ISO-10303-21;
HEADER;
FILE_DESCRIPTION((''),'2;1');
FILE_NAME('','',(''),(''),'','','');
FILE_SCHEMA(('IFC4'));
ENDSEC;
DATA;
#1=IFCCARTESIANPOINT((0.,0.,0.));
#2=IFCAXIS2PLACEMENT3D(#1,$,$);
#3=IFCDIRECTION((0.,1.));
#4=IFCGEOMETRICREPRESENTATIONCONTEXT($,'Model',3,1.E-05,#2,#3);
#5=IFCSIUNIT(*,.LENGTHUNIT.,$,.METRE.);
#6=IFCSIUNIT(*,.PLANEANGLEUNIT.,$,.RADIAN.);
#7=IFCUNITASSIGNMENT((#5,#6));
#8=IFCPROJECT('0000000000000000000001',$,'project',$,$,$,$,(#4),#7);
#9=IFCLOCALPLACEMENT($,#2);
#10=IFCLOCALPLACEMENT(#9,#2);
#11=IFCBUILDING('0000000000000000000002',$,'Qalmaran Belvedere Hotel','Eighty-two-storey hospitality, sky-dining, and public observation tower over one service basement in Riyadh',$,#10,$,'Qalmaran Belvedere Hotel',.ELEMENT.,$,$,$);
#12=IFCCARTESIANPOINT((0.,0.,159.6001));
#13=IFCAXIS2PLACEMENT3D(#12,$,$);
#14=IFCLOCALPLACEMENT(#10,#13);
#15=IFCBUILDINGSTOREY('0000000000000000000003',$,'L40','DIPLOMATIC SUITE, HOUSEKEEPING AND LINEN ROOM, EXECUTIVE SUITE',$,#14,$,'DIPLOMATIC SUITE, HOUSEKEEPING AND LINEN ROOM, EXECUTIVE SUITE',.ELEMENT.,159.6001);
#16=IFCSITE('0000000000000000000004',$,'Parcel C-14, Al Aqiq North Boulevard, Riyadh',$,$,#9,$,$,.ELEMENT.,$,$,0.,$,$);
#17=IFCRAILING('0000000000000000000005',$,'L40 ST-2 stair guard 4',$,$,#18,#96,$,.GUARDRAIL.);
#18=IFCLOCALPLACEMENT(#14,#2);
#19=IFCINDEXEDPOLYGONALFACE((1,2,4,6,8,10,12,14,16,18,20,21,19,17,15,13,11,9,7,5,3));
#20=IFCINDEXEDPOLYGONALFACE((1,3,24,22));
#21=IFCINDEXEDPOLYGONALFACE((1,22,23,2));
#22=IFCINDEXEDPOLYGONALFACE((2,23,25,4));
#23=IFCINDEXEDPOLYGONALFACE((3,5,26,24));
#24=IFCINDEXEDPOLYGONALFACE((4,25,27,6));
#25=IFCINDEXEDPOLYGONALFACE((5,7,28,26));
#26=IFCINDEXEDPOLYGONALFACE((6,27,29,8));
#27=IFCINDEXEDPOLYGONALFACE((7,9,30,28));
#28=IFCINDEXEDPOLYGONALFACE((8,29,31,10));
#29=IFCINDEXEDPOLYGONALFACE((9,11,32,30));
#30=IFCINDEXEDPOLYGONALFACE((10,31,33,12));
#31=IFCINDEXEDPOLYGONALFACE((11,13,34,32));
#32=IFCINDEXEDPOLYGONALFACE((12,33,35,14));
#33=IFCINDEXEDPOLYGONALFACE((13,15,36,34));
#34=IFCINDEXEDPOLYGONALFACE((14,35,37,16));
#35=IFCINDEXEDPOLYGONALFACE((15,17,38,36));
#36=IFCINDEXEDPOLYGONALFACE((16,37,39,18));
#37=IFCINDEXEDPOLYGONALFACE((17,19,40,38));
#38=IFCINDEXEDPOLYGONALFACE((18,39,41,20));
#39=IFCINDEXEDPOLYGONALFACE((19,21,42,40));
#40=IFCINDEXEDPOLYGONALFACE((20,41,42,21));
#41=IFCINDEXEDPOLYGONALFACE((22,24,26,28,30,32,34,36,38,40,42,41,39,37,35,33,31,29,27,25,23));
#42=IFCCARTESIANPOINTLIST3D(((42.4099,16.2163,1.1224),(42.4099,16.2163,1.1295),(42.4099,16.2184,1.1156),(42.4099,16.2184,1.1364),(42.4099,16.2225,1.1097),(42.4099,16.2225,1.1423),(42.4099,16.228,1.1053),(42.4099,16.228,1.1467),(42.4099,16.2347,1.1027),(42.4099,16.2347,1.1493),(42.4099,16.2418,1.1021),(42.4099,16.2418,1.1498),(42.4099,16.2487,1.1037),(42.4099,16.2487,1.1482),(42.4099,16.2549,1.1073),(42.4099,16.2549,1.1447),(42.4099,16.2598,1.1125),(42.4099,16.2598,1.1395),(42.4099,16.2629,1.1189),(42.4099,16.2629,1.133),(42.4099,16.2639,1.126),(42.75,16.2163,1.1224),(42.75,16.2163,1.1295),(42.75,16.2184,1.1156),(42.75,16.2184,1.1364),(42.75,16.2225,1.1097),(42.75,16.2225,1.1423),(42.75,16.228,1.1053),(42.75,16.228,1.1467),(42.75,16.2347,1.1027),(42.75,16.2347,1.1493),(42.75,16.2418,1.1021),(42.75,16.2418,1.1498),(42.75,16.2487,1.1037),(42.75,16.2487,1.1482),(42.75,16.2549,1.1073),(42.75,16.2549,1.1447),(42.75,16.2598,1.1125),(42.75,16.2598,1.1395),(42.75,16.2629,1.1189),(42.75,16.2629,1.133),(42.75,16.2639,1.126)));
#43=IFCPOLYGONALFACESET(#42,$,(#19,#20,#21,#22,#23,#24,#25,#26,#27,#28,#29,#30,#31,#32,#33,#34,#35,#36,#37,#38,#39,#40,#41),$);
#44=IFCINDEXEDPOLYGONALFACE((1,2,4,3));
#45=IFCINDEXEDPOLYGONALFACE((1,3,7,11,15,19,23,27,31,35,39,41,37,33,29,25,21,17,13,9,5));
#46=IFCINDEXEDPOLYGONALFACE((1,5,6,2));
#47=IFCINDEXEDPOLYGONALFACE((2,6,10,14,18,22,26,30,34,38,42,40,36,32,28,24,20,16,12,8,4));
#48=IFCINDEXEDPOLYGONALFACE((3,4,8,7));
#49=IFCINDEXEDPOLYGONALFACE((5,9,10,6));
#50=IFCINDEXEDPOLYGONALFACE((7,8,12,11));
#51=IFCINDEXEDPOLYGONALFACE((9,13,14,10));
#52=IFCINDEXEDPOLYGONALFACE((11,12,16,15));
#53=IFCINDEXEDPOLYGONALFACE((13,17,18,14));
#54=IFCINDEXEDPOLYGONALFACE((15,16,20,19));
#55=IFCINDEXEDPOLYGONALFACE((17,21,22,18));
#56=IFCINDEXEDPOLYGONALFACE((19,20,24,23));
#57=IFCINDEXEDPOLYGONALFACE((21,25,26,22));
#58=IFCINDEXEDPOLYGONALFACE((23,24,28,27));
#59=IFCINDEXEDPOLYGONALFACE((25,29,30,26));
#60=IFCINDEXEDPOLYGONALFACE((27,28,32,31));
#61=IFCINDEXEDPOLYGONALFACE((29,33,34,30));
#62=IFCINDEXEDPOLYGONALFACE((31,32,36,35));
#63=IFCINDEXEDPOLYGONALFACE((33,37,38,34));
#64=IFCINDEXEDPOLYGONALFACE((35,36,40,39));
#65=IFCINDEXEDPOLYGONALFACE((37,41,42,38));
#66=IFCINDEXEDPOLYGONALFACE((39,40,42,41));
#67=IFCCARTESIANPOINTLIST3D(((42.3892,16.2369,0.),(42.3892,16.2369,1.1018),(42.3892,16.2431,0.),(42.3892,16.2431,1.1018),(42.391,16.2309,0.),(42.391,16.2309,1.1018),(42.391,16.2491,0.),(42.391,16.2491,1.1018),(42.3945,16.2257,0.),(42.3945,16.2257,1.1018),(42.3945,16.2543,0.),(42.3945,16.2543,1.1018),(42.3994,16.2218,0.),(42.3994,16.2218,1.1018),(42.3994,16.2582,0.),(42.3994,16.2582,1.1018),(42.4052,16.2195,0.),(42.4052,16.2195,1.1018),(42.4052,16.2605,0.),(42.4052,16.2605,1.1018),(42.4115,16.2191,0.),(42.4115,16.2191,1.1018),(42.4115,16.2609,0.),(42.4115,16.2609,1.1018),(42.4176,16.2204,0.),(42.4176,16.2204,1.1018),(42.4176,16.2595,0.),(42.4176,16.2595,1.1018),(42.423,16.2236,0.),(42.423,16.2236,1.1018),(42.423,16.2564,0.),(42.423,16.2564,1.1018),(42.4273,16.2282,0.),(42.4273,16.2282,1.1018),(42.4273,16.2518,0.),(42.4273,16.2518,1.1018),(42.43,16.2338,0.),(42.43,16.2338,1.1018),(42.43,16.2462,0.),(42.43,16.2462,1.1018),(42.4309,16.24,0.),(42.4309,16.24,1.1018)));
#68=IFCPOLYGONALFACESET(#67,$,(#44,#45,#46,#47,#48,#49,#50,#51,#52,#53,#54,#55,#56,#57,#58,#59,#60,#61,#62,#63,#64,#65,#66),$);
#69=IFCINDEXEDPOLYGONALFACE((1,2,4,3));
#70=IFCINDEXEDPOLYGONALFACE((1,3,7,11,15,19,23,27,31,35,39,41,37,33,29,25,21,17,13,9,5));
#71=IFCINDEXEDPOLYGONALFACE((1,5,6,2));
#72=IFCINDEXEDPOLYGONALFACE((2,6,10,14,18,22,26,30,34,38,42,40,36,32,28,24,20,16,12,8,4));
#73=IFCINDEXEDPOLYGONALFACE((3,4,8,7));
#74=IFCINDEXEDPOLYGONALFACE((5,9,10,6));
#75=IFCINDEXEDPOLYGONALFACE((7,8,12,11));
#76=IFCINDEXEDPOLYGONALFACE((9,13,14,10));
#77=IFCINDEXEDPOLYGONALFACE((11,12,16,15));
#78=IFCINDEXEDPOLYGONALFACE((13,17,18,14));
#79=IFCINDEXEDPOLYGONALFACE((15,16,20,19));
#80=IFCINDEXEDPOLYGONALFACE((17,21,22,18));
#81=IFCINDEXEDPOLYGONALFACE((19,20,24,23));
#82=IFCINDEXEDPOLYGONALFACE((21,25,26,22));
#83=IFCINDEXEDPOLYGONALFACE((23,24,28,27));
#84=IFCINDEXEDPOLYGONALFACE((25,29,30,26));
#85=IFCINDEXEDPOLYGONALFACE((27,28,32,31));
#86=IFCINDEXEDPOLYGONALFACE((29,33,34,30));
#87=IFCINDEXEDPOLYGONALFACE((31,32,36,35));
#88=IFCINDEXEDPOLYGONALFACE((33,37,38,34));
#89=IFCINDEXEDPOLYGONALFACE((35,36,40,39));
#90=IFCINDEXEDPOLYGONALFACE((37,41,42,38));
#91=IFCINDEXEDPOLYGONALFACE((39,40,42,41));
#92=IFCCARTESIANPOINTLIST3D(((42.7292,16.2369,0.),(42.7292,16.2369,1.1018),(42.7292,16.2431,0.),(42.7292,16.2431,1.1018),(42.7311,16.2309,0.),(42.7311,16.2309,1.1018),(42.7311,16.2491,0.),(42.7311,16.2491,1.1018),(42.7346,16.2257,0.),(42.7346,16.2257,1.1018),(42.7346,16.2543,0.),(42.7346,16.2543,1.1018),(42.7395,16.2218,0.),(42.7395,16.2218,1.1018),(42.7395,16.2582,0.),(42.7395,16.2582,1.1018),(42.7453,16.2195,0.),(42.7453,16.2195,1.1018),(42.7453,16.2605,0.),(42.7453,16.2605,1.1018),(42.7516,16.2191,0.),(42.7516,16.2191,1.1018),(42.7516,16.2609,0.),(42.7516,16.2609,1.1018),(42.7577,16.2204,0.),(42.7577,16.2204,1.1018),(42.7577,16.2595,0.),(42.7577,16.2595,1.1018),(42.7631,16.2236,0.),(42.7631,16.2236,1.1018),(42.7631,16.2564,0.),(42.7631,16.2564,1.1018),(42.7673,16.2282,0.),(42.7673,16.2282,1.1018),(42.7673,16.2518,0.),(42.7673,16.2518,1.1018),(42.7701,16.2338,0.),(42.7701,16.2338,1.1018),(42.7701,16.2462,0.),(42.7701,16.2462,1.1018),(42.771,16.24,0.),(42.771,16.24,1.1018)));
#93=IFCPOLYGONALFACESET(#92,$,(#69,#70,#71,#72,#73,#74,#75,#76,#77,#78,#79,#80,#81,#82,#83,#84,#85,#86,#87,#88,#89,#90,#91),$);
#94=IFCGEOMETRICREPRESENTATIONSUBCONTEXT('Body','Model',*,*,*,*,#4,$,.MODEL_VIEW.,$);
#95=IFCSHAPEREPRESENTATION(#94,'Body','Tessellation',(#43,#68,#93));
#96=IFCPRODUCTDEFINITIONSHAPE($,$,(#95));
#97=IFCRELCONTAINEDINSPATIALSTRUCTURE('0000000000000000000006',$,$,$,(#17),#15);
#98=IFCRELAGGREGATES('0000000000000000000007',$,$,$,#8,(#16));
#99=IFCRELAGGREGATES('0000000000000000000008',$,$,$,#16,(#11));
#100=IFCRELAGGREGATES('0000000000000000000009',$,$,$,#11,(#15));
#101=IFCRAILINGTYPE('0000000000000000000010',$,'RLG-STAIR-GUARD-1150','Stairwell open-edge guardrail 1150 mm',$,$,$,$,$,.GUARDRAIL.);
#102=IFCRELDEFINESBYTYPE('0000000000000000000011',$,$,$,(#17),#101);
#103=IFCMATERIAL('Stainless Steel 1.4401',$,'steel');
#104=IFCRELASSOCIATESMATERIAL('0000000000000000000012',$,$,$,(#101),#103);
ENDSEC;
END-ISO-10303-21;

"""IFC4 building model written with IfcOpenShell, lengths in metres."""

from ifc_helpers import new_model, si_unit, direction, frame, origin, origin_2d, place, context, subcontext, project, spatial, circle, extrude, material, type_object, element, save


model = new_model("IFC4")

# Units and contexts
model_context = context("Model", 3, precision=1e-05, world=origin(), true_north=direction((0.0, 1.0)))
body_context = subcontext(model_context, "Body", "Model", "MODEL_VIEW")
ifc_project = project(units=[si_unit("LENGTHUNIT", "METRE"), si_unit("PLANEANGLEUNIT", "RADIAN")], contexts=[model_context])

# Site, building, storey
site_placement = place(None, origin())
site = spatial("IfcSite", under=ifc_project, at=site_placement, Name="Parcel C-14, Al Aqiq North Boulevard, Riyadh", CompositionType="ELEMENT", RefElevation=0.0)
building_placement = place(site_placement, origin())
building = spatial("IfcBuilding", under=site, at=building_placement, Name="Qalmaran Belvedere Hotel", Description="Eighty-two-storey hospitality, sky-dining, and public observation tower over one service basement in Riyadh", LongName="Qalmaran Belvedere Hotel", CompositionType="ELEMENT")
storey_placement = place(building_placement, frame((0.0, 0.0, 159.6001)))
storey = spatial("IfcBuildingStorey", under=building, at=storey_placement, Name="L40", Description="DIPLOMATIC SUITE, HOUSEKEEPING AND LINEN ROOM, EXECUTIVE SUITE", LongName="DIPLOMATIC SUITE, HOUSEKEEPING AND LINEN ROOM, EXECUTIVE SUITE", CompositionType="ELEMENT", Elevation=159.6001)

# Railing
ifc_material_1 = material(Name="Stainless Steel 1.4401", Category="steel")
railing_type_1 = type_object("IfcRailingType", Name="RLG-STAIR-GUARD-1150", Description="Stairwell open-edge guardrail 1150 mm", PredefinedType="GUARDRAIL", material=ifc_material_1)
railing_1_placement = place(storey_placement, frame((42.4099, 16.24, 0.0)))
element("IfcRailing", 1, at=railing_1_placement, inside=storey, type_object=railing_type_1, Name="L40 ST-2 stair guard 4", PredefinedType="GUARDRAIL", context=body_context, shape_type="SweptSolid", body=[
    extrude(circle(Radius=0.0239, at=origin_2d()), frame((0.0, 0.0, 1.126), z_axis=(1.0, 0.0, 0.0), x_axis=(0.0, 1.0, 0.0)), (0.0, 0.0, 1.0), 0.3401),
    extrude(circle(Radius=0.021, at=origin_2d()), origin(), (0.0, 0.0, 1.0), 1.1018),
    extrude(circle(Radius=0.021, at=origin_2d()), frame((0.3401, 0.0, 0.0)), (0.0, 0.0, 1.0), 1.1018),
])

save(model, "model.ifc")
